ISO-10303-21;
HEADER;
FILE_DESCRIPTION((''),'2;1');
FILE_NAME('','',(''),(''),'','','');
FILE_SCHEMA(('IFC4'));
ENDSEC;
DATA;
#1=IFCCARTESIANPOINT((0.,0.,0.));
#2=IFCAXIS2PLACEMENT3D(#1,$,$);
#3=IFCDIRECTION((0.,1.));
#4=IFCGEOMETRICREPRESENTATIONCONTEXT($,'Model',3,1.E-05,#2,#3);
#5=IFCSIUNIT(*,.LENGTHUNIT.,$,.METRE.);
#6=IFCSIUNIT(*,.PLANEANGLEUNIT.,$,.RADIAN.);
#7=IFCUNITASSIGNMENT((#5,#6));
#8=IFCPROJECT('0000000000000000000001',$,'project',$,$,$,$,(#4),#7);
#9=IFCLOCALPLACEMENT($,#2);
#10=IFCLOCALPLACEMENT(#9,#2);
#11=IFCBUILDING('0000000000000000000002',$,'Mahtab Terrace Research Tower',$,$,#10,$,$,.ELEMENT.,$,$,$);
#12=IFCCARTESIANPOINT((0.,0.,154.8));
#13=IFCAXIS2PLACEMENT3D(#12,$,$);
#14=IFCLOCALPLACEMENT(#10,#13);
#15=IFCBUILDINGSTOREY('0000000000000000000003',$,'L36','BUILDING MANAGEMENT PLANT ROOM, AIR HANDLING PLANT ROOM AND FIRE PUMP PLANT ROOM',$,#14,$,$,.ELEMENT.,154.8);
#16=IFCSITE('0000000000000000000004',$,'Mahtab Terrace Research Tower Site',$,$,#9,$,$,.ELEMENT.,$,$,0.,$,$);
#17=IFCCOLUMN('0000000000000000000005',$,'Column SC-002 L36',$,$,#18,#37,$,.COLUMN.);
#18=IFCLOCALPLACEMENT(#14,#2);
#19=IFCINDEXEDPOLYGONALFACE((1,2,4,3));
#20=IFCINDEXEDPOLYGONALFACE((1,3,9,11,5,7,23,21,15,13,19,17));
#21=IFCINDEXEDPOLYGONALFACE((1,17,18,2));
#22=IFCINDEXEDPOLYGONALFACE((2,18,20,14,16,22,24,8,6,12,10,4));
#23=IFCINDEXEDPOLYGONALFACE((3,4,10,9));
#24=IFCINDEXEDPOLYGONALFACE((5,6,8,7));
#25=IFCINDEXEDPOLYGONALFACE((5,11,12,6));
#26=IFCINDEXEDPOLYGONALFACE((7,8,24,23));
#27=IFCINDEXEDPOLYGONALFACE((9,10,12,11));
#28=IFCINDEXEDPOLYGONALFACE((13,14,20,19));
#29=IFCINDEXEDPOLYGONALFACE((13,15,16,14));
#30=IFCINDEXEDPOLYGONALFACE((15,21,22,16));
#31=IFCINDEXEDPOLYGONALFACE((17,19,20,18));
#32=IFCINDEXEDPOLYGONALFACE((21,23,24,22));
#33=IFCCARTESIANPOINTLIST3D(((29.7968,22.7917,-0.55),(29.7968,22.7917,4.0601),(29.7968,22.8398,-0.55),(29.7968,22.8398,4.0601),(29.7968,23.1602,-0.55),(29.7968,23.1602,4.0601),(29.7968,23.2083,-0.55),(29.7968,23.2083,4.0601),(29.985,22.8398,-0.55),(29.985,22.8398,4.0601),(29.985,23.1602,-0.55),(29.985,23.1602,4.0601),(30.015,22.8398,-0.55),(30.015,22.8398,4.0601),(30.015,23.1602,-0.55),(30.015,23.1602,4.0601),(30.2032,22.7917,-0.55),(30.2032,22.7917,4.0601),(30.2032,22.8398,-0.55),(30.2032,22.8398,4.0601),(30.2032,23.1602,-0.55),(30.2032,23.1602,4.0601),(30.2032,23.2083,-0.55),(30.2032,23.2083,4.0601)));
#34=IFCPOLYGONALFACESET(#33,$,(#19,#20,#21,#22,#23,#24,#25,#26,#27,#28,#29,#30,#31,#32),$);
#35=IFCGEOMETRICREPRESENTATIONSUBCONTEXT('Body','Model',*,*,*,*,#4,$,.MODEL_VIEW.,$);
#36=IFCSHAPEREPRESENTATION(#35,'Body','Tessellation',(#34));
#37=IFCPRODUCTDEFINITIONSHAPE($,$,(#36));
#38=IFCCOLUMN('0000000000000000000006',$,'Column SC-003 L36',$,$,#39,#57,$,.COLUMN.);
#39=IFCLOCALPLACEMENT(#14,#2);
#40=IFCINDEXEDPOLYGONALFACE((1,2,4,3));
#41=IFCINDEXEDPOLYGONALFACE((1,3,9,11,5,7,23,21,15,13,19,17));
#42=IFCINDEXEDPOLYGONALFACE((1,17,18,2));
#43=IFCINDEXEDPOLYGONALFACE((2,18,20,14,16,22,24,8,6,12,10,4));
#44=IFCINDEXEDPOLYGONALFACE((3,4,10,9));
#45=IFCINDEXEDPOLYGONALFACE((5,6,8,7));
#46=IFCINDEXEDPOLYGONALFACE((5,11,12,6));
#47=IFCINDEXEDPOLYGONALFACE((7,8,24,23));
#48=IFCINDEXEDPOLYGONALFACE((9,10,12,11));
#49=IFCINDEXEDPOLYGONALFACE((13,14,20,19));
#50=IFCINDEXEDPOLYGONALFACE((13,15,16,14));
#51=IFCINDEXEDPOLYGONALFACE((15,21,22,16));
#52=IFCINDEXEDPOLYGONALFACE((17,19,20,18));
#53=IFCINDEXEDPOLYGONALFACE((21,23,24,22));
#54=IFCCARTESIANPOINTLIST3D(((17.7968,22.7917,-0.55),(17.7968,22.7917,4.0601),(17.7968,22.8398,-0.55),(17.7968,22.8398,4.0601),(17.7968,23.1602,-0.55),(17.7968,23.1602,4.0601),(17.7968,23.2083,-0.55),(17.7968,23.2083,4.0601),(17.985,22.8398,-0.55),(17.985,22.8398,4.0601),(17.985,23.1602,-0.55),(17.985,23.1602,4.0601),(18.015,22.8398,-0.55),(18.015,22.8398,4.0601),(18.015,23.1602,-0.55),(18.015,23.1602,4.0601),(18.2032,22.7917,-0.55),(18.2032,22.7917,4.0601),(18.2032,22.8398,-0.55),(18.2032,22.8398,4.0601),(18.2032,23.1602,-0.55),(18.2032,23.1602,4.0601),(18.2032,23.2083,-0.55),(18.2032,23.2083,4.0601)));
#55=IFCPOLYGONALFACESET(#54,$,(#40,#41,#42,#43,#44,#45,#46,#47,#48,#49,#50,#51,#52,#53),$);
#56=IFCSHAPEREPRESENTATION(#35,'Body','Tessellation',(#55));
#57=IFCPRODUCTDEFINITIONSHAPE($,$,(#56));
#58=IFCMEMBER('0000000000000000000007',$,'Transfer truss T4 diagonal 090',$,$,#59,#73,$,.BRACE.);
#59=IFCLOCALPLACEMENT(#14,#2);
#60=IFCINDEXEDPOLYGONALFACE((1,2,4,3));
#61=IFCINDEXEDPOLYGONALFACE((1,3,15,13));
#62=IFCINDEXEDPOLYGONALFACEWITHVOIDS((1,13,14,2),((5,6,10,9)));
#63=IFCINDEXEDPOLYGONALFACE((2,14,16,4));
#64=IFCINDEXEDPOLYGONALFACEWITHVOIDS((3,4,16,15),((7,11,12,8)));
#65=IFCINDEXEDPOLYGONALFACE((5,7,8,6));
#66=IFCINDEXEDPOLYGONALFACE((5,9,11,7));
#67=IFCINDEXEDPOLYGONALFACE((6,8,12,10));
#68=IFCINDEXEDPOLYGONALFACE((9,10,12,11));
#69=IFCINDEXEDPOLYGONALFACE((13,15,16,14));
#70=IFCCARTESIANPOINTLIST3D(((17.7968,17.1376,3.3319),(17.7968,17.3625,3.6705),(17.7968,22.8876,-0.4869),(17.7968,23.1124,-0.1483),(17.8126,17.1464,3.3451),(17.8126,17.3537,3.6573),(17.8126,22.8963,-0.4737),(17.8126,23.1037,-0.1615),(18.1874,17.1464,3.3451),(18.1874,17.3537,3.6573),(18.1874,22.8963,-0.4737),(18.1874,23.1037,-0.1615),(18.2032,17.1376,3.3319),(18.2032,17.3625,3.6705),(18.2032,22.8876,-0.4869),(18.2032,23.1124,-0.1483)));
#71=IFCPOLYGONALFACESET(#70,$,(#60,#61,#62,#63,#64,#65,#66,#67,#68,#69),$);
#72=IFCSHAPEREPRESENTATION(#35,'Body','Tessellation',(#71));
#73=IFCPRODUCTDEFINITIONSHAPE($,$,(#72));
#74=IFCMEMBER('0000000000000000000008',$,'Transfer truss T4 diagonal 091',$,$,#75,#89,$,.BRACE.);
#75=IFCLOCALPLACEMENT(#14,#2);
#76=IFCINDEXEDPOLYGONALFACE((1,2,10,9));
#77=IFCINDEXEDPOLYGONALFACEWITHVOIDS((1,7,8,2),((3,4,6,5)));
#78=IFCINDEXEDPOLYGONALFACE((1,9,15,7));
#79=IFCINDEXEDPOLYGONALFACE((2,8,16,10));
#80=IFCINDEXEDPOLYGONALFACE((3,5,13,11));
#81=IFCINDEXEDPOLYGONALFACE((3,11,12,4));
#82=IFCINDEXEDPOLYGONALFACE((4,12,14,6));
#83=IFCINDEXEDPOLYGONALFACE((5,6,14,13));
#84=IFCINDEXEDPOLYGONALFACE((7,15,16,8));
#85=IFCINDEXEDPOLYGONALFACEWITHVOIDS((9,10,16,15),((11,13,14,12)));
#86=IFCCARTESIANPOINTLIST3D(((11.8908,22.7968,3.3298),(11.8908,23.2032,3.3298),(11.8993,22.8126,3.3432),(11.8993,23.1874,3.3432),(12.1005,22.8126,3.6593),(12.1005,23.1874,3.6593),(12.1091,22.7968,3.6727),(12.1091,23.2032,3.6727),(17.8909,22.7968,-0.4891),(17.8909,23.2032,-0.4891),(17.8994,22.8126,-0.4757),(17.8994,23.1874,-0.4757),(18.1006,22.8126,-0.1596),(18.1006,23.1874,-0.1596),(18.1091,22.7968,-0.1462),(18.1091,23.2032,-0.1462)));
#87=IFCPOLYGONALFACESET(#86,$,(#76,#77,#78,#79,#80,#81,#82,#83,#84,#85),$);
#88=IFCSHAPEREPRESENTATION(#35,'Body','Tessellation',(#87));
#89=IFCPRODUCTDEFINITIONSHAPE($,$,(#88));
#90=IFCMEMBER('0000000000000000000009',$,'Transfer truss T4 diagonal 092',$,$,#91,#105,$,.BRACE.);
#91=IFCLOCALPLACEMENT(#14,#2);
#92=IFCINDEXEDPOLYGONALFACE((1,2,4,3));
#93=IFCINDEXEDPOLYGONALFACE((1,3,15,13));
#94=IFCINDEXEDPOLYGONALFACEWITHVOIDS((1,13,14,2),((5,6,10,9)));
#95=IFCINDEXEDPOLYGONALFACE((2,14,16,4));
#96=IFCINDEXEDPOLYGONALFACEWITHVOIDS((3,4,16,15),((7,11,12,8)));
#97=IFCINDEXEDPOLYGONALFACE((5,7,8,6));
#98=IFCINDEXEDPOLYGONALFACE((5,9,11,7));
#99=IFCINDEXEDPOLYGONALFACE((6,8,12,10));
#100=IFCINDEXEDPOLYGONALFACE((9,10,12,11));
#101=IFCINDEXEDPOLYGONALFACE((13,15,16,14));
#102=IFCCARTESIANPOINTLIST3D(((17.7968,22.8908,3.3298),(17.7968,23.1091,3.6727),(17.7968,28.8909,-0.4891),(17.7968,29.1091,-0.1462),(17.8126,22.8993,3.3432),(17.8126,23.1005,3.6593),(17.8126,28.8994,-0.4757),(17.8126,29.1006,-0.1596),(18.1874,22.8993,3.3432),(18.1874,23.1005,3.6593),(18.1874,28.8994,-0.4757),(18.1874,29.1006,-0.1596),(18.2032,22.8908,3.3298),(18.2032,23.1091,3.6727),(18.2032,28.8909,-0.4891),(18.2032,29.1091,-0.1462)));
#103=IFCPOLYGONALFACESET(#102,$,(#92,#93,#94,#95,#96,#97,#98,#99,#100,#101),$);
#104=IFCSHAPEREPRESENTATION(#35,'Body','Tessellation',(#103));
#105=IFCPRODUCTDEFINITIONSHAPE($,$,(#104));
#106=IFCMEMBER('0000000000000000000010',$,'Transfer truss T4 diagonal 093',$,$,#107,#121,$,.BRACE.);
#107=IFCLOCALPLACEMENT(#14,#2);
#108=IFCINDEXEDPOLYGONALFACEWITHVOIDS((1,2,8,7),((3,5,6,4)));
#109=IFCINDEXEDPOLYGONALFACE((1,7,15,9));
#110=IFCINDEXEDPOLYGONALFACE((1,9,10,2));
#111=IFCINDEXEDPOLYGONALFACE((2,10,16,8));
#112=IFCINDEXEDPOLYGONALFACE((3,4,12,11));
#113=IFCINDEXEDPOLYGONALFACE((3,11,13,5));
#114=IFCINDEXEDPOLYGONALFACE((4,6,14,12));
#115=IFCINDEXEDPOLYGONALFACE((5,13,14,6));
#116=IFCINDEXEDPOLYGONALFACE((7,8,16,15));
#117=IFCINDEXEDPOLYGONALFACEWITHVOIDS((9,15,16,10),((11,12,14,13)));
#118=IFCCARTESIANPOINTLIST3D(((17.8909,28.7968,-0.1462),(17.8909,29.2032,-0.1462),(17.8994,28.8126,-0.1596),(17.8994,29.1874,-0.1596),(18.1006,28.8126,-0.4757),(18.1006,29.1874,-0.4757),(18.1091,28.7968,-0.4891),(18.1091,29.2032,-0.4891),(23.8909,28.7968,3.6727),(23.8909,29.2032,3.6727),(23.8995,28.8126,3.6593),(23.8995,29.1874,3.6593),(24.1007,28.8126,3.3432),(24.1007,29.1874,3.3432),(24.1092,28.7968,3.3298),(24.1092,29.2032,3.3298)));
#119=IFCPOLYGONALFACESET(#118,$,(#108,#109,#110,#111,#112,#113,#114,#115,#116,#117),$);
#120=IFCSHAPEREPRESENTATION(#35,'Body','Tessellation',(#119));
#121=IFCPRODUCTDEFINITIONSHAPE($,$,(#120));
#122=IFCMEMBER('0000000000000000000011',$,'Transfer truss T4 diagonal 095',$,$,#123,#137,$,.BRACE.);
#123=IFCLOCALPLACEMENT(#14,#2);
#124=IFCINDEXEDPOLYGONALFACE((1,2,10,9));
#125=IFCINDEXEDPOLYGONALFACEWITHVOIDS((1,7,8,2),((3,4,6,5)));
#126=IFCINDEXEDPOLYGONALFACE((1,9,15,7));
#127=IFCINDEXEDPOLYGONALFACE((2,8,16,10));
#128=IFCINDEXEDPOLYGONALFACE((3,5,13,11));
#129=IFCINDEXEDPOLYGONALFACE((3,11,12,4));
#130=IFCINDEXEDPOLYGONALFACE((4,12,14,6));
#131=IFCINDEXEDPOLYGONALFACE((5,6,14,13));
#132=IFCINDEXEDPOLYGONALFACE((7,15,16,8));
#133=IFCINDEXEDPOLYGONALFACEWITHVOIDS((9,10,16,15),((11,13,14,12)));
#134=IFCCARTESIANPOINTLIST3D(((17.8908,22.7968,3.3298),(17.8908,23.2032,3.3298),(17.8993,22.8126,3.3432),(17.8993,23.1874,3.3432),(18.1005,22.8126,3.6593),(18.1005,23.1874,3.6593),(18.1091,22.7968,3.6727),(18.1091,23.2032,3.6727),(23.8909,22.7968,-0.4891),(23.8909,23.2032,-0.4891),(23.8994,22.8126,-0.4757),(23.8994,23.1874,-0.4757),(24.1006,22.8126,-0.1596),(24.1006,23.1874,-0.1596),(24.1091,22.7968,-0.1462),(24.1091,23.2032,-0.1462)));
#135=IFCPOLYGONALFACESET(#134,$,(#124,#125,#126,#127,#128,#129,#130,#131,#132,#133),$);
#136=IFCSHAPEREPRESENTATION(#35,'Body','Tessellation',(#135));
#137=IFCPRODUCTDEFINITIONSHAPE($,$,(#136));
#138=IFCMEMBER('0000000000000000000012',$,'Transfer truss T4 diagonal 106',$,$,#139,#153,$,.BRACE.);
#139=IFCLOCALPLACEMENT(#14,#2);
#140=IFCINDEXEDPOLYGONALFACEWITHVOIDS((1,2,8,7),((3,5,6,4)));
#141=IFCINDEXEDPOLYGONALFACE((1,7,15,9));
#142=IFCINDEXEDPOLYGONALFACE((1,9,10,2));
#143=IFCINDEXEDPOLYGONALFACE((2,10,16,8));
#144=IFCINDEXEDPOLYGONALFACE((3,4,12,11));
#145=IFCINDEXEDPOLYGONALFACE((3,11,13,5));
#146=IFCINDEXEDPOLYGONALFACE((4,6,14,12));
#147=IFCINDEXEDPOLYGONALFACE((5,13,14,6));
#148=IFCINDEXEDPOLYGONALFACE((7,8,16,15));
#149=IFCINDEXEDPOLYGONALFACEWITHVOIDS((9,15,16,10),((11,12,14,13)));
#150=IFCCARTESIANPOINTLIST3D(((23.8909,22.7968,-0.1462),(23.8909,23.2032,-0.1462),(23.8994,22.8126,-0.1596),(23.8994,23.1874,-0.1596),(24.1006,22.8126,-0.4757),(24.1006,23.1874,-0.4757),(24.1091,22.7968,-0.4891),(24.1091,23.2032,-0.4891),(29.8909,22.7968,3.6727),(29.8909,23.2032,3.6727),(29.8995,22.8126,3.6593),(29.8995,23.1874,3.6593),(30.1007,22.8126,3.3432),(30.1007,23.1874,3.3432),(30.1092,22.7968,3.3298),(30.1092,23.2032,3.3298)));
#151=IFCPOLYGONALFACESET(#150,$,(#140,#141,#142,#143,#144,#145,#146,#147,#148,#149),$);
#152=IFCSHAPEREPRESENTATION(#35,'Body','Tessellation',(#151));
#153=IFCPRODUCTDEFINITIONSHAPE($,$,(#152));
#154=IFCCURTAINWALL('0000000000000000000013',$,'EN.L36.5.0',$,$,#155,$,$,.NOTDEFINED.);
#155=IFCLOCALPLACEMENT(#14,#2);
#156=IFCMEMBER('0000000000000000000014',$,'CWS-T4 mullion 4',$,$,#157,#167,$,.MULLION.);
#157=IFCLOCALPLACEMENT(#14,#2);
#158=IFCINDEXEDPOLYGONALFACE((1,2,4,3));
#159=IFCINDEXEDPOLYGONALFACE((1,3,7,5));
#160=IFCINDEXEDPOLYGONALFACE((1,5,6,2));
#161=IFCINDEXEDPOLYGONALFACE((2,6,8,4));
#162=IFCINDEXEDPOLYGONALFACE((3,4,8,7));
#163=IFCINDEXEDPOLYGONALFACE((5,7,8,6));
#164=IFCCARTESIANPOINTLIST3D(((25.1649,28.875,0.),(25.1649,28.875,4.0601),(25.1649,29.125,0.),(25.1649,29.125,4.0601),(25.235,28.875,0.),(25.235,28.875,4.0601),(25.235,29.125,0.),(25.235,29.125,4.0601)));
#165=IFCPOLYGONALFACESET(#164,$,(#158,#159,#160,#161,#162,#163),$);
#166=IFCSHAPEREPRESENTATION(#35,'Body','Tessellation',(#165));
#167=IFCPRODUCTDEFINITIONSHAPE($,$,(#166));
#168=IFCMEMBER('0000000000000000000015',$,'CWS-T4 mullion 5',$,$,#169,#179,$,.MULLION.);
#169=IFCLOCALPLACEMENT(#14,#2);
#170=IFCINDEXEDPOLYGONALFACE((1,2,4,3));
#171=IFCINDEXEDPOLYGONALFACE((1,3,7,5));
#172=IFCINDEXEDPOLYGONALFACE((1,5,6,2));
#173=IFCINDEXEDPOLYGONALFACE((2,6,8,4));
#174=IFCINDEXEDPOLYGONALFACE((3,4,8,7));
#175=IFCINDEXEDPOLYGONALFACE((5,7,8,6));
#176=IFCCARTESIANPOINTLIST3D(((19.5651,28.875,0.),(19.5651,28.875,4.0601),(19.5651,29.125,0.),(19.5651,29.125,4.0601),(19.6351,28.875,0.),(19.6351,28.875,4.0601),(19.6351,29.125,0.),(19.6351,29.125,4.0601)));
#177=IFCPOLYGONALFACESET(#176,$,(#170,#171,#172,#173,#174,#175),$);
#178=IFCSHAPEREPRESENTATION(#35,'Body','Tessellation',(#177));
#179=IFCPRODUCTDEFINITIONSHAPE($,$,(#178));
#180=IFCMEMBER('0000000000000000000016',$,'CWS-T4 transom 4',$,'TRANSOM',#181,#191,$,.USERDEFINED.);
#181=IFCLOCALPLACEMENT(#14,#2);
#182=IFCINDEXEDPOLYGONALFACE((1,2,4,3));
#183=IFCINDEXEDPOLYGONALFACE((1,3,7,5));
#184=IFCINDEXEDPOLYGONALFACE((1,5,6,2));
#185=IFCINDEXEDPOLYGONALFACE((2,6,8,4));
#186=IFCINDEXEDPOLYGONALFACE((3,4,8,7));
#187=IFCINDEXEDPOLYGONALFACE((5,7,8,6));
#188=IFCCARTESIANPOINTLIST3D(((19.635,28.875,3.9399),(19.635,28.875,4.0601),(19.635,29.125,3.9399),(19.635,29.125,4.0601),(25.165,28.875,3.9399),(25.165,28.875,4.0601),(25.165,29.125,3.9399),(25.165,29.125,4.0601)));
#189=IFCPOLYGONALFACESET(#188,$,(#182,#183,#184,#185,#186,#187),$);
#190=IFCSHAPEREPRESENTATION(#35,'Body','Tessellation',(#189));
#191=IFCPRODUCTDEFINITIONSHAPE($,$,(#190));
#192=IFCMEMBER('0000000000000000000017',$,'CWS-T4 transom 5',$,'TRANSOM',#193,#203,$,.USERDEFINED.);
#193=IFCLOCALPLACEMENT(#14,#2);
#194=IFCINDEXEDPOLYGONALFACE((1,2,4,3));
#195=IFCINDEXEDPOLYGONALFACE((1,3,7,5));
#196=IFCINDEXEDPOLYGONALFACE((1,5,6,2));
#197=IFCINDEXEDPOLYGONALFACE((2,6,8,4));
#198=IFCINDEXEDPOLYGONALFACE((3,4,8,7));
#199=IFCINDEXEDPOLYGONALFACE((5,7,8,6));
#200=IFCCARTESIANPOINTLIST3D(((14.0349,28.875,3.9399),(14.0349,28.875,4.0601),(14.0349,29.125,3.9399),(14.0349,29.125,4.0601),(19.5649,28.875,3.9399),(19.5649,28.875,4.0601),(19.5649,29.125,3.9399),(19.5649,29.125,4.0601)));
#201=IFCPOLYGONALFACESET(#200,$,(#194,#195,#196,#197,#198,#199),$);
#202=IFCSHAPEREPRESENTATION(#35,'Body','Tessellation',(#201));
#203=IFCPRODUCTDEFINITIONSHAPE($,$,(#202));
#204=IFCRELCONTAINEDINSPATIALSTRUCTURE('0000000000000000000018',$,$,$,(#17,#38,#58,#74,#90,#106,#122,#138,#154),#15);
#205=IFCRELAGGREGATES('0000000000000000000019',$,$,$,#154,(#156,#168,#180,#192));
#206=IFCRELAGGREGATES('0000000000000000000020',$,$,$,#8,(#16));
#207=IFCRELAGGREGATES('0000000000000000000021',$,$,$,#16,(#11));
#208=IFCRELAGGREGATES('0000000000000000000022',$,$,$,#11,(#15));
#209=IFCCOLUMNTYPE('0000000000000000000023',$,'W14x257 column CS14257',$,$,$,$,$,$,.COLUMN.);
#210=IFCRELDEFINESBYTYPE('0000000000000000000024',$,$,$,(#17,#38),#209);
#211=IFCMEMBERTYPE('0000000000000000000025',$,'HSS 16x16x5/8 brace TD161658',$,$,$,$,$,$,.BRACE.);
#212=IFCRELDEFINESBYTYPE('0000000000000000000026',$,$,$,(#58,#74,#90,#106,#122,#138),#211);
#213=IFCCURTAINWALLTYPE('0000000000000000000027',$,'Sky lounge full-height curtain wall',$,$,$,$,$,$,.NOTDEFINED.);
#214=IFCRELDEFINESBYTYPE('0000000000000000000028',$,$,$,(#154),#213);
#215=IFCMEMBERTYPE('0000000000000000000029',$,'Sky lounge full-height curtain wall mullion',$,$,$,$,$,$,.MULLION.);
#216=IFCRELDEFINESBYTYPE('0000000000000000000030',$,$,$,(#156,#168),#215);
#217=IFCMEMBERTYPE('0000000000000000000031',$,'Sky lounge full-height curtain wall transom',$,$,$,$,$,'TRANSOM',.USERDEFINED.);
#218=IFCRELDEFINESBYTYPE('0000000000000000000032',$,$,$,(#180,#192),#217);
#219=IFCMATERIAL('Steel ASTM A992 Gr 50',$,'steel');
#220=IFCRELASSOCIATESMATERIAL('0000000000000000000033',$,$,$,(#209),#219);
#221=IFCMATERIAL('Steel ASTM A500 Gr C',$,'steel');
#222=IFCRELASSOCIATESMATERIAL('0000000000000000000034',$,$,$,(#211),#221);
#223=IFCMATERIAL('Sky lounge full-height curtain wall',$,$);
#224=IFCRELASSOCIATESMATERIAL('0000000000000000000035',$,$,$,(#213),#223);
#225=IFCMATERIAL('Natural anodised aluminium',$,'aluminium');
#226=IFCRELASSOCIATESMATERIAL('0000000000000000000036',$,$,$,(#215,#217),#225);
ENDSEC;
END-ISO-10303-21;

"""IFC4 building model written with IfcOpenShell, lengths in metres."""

from ifc_helpers import new_model, si_unit, direction, frame, origin, origin_2d, place, context, subcontext, project, spatial, rectangle, hollow_rectangle, i_section, extrude, material, material_profile, profile_set, type_object, element, aggregate, save


model = new_model("IFC4")

# Units and contexts
model_context = context("Model", 3, precision=1e-05, world=origin(), true_north=direction((0.0, 1.0)))
body_context = subcontext(model_context, "Body", "Model", "MODEL_VIEW")
ifc_project = project(units=[si_unit("LENGTHUNIT", "METRE"), si_unit("PLANEANGLEUNIT", "RADIAN")], contexts=[model_context])

# Site, building, storey
site_placement = place(None, origin())
site = spatial("IfcSite", under=ifc_project, at=site_placement, Name="Mahtab Terrace Research Tower Site", CompositionType="ELEMENT", RefElevation=0.0)
building_placement = place(site_placement, origin())
building = spatial("IfcBuilding", under=site, at=building_placement, Name="Mahtab Terrace Research Tower", CompositionType="ELEMENT")
storey_placement = place(building_placement, frame((0.0, 0.0, 154.8)))
storey = spatial("IfcBuildingStorey", under=building, at=storey_placement, Name="L36", Description="BUILDING MANAGEMENT PLANT ROOM, AIR HANDLING PLANT ROOM AND FIRE PUMP PLANT ROOM", CompositionType="ELEMENT", Elevation=154.8)

# Columns
ifc_material_1 = material(Name="Steel ASTM A992 Gr 50", Category="steel")
ifc_material_profile_1 = material_profile(ifc_material_1, i_section(OverallWidth=0.4065, OverallDepth=0.4165, WebThickness=0.03, FlangeThickness=0.0481, at=origin_2d()), Name="W14X257")
ifc_profile_set_1 = profile_set([ifc_material_profile_1], Name="Steel ASTM A992 Gr 50")
column_type = type_object("IfcColumnType", Name="W14x257 column CS14257", PredefinedType="COLUMN", material=ifc_profile_set_1)
for number, where, z_axis, x_axis, name in (
    (1, (30.0, 23.0, -0.55), (0.0, 0.0, 1.0), (1.0, 0.0, 0.0), "Column SC-002 L36"),
    (2, (18.0, 23.0, -0.55), (0.0, 0.0, 1.0), (1.0, 0.0, 0.0), "Column SC-003 L36"),
):
    element("IfcColumn", number, at=place(storey_placement, frame(where, z_axis=z_axis, x_axis=x_axis)), inside=storey, type_object=column_type, Name=name, PredefinedType="COLUMN", context=body_context, shape_type="SweptSolid", body=[
        extrude(i_section(OverallWidth=0.4065, OverallDepth=0.4165, WebThickness=0.03, FlangeThickness=0.0481, at=origin_2d()), origin(), (0.0, 0.0, 1.0), 4.6101),
    ])

# Members
ifc_material_2 = material(Name="Steel ASTM A500 Gr C", Category="steel")
ifc_material_profile_2 = material_profile(ifc_material_2, hollow_rectangle(XDim=0.4065, YDim=0.4065, WallThickness=0.0159, at=origin_2d()), Name="HSS16X16X5/8")
ifc_profile_set_2 = profile_set([ifc_material_profile_2], Name="Steel ASTM A500 Gr C")
member_type_1 = type_object("IfcMemberType", Name="HSS 16x16x5/8 brace TD161658", PredefinedType="BRACE", material=ifc_profile_set_2)
member_1_placement = place(storey_placement, frame((18.0, 23.0, -0.3176), z_axis=(0.0, -0.833018, 0.553246), x_axis=(1.0, 0.0, 0.0)))
element("IfcMember", 3, at=member_1_placement, inside=storey, type_object=member_type_1, Name="Transfer truss T4 diagonal 090", PredefinedType="BRACE", context=body_context, shape_type="SweptSolid", body=[
    extrude(hollow_rectangle(XDim=0.4065, YDim=0.4065, WallThickness=0.0159, at=origin_2d()), origin(), (0.0, 0.0, 1.0), 6.9026),
])
for number, where, z_axis, x_axis, name in (
    (4, (18.0, 23.0, -0.3176), (-0.843619, 0.0, 0.536942), (0.0, -1.0, 0.0), "Transfer truss T4 diagonal 091"),
    (5, (18.0, 29.0, -0.3176), (0.0, -0.843619, 0.536942), (1.0, 0.0, 0.0), "Transfer truss T4 diagonal 092"),
    (6, (18.0, 29.0, -0.3176), (0.843619, 0.0, 0.536942), (0.0, 1.0, 0.0), "Transfer truss T4 diagonal 093"),
    (7, (24.0, 23.0, -0.3176), (-0.843619, 0.0, 0.536942), (0.0, -1.0, 0.0), "Transfer truss T4 diagonal 095"),
    (8, (24.0, 23.0, -0.3176), (0.843619, 0.0, 0.536942), (0.0, 1.0, 0.0), "Transfer truss T4 diagonal 106"),
):
    element("IfcMember", number, at=place(storey_placement, frame(where, z_axis=z_axis, x_axis=x_axis)), inside=storey, type_object=member_type_1, Name=name, PredefinedType="BRACE", context=body_context, shape_type="SweptSolid", body=[
        extrude(hollow_rectangle(XDim=0.4065, YDim=0.4065, WallThickness=0.0159, at=origin_2d()), origin(), (0.0, 0.0, 1.0), 7.1123),
    ])

# Curtain wall, members
ifc_material_3 = material(Name="Sky lounge full-height curtain wall")
curtain_wall_type = type_object("IfcCurtainWallType", Name="Sky lounge full-height curtain wall", PredefinedType="NOTDEFINED", material=ifc_material_3)
curtain_wall_placement = place(storey_placement, origin())
curtain_wall = element("IfcCurtainWall", 9, at=curtain_wall_placement, inside=storey, type_object=curtain_wall_type, Name="EN.L36.5.0", PredefinedType="NOTDEFINED")
ifc_material_4 = material(Name="Natural anodised aluminium", Category="aluminium")
ifc_material_profile_3 = material_profile(ifc_material_4, rectangle(XDim=0.25, YDim=0.0701, at=origin_2d()), Name="MULLION 70x250")
ifc_profile_set_3 = profile_set([ifc_material_profile_3], Name="Natural anodised aluminium")
member_type_2 = type_object("IfcMemberType", Name="Sky lounge full-height curtain wall mullion", PredefinedType="MULLION", material=ifc_profile_set_3)
member_2_placement = place(storey_placement, frame((25.2, 29.0, 0.0), z_axis=(0.0, 0.0, 1.0), x_axis=(0.0, -1.0, 0.0)))
member_2 = element("IfcMember", 10, at=member_2_placement, type_object=member_type_2, Name="CWS-T4 mullion 4", PredefinedType="MULLION", context=body_context, shape_type="SweptSolid", body=[
    extrude(rectangle(XDim=0.25, YDim=0.0701, at=origin_2d()), origin(), (0.0, 0.0, 1.0), 4.0601),
])
member_3_placement = place(storey_placement, frame((19.6001, 29.0, 0.0), z_axis=(0.0, 0.0, 1.0), x_axis=(0.0, -1.0, 0.0)))
member_3 = element("IfcMember", 11, at=member_3_placement, type_object=member_type_2, Name="CWS-T4 mullion 5", PredefinedType="MULLION", context=body_context, shape_type="SweptSolid", body=[
    extrude(rectangle(XDim=0.25, YDim=0.0701, at=origin_2d()), origin(), (0.0, 0.0, 1.0), 4.0601),
])
ifc_material_profile_4 = material_profile(ifc_material_4, rectangle(XDim=0.25, YDim=0.1201, at=origin_2d()), Name="TRANSOM 120x250")
ifc_profile_set_4 = profile_set([ifc_material_profile_4], Name="Natural anodised aluminium")
member_type_3 = type_object("IfcMemberType", Name="Sky lounge full-height curtain wall transom", ElementType="TRANSOM", PredefinedType="USERDEFINED", material=ifc_profile_set_4)
member_4_placement = place(storey_placement, frame((25.165, 29.0, 4.0), z_axis=(-1.0, 0.0, 0.0), x_axis=(0.0, -1.0, 0.0)))
member_4 = element("IfcMember", 12, at=member_4_placement, type_object=member_type_3, Name="CWS-T4 transom 4", ObjectType="TRANSOM", PredefinedType="USERDEFINED", context=body_context, shape_type="SweptSolid", body=[
    extrude(rectangle(XDim=0.25, YDim=0.1201, at=origin_2d()), origin(), (0.0, 0.0, 1.0), 5.53),
])
member_5_placement = place(storey_placement, frame((19.5649, 29.0, 4.0), z_axis=(-1.0, 0.0, 0.0), x_axis=(0.0, -1.0, 0.0)))
member_5 = element("IfcMember", 13, at=member_5_placement, type_object=member_type_3, Name="CWS-T4 transom 5", ObjectType="TRANSOM", PredefinedType="USERDEFINED", context=body_context, shape_type="SweptSolid", body=[
    extrude(rectangle(XDim=0.25, YDim=0.1201, at=origin_2d()), origin(), (0.0, 0.0, 1.0), 5.53),
])

aggregate(curtain_wall, [member_2, member_3, member_4, member_5])

save(model, "model.ifc")
